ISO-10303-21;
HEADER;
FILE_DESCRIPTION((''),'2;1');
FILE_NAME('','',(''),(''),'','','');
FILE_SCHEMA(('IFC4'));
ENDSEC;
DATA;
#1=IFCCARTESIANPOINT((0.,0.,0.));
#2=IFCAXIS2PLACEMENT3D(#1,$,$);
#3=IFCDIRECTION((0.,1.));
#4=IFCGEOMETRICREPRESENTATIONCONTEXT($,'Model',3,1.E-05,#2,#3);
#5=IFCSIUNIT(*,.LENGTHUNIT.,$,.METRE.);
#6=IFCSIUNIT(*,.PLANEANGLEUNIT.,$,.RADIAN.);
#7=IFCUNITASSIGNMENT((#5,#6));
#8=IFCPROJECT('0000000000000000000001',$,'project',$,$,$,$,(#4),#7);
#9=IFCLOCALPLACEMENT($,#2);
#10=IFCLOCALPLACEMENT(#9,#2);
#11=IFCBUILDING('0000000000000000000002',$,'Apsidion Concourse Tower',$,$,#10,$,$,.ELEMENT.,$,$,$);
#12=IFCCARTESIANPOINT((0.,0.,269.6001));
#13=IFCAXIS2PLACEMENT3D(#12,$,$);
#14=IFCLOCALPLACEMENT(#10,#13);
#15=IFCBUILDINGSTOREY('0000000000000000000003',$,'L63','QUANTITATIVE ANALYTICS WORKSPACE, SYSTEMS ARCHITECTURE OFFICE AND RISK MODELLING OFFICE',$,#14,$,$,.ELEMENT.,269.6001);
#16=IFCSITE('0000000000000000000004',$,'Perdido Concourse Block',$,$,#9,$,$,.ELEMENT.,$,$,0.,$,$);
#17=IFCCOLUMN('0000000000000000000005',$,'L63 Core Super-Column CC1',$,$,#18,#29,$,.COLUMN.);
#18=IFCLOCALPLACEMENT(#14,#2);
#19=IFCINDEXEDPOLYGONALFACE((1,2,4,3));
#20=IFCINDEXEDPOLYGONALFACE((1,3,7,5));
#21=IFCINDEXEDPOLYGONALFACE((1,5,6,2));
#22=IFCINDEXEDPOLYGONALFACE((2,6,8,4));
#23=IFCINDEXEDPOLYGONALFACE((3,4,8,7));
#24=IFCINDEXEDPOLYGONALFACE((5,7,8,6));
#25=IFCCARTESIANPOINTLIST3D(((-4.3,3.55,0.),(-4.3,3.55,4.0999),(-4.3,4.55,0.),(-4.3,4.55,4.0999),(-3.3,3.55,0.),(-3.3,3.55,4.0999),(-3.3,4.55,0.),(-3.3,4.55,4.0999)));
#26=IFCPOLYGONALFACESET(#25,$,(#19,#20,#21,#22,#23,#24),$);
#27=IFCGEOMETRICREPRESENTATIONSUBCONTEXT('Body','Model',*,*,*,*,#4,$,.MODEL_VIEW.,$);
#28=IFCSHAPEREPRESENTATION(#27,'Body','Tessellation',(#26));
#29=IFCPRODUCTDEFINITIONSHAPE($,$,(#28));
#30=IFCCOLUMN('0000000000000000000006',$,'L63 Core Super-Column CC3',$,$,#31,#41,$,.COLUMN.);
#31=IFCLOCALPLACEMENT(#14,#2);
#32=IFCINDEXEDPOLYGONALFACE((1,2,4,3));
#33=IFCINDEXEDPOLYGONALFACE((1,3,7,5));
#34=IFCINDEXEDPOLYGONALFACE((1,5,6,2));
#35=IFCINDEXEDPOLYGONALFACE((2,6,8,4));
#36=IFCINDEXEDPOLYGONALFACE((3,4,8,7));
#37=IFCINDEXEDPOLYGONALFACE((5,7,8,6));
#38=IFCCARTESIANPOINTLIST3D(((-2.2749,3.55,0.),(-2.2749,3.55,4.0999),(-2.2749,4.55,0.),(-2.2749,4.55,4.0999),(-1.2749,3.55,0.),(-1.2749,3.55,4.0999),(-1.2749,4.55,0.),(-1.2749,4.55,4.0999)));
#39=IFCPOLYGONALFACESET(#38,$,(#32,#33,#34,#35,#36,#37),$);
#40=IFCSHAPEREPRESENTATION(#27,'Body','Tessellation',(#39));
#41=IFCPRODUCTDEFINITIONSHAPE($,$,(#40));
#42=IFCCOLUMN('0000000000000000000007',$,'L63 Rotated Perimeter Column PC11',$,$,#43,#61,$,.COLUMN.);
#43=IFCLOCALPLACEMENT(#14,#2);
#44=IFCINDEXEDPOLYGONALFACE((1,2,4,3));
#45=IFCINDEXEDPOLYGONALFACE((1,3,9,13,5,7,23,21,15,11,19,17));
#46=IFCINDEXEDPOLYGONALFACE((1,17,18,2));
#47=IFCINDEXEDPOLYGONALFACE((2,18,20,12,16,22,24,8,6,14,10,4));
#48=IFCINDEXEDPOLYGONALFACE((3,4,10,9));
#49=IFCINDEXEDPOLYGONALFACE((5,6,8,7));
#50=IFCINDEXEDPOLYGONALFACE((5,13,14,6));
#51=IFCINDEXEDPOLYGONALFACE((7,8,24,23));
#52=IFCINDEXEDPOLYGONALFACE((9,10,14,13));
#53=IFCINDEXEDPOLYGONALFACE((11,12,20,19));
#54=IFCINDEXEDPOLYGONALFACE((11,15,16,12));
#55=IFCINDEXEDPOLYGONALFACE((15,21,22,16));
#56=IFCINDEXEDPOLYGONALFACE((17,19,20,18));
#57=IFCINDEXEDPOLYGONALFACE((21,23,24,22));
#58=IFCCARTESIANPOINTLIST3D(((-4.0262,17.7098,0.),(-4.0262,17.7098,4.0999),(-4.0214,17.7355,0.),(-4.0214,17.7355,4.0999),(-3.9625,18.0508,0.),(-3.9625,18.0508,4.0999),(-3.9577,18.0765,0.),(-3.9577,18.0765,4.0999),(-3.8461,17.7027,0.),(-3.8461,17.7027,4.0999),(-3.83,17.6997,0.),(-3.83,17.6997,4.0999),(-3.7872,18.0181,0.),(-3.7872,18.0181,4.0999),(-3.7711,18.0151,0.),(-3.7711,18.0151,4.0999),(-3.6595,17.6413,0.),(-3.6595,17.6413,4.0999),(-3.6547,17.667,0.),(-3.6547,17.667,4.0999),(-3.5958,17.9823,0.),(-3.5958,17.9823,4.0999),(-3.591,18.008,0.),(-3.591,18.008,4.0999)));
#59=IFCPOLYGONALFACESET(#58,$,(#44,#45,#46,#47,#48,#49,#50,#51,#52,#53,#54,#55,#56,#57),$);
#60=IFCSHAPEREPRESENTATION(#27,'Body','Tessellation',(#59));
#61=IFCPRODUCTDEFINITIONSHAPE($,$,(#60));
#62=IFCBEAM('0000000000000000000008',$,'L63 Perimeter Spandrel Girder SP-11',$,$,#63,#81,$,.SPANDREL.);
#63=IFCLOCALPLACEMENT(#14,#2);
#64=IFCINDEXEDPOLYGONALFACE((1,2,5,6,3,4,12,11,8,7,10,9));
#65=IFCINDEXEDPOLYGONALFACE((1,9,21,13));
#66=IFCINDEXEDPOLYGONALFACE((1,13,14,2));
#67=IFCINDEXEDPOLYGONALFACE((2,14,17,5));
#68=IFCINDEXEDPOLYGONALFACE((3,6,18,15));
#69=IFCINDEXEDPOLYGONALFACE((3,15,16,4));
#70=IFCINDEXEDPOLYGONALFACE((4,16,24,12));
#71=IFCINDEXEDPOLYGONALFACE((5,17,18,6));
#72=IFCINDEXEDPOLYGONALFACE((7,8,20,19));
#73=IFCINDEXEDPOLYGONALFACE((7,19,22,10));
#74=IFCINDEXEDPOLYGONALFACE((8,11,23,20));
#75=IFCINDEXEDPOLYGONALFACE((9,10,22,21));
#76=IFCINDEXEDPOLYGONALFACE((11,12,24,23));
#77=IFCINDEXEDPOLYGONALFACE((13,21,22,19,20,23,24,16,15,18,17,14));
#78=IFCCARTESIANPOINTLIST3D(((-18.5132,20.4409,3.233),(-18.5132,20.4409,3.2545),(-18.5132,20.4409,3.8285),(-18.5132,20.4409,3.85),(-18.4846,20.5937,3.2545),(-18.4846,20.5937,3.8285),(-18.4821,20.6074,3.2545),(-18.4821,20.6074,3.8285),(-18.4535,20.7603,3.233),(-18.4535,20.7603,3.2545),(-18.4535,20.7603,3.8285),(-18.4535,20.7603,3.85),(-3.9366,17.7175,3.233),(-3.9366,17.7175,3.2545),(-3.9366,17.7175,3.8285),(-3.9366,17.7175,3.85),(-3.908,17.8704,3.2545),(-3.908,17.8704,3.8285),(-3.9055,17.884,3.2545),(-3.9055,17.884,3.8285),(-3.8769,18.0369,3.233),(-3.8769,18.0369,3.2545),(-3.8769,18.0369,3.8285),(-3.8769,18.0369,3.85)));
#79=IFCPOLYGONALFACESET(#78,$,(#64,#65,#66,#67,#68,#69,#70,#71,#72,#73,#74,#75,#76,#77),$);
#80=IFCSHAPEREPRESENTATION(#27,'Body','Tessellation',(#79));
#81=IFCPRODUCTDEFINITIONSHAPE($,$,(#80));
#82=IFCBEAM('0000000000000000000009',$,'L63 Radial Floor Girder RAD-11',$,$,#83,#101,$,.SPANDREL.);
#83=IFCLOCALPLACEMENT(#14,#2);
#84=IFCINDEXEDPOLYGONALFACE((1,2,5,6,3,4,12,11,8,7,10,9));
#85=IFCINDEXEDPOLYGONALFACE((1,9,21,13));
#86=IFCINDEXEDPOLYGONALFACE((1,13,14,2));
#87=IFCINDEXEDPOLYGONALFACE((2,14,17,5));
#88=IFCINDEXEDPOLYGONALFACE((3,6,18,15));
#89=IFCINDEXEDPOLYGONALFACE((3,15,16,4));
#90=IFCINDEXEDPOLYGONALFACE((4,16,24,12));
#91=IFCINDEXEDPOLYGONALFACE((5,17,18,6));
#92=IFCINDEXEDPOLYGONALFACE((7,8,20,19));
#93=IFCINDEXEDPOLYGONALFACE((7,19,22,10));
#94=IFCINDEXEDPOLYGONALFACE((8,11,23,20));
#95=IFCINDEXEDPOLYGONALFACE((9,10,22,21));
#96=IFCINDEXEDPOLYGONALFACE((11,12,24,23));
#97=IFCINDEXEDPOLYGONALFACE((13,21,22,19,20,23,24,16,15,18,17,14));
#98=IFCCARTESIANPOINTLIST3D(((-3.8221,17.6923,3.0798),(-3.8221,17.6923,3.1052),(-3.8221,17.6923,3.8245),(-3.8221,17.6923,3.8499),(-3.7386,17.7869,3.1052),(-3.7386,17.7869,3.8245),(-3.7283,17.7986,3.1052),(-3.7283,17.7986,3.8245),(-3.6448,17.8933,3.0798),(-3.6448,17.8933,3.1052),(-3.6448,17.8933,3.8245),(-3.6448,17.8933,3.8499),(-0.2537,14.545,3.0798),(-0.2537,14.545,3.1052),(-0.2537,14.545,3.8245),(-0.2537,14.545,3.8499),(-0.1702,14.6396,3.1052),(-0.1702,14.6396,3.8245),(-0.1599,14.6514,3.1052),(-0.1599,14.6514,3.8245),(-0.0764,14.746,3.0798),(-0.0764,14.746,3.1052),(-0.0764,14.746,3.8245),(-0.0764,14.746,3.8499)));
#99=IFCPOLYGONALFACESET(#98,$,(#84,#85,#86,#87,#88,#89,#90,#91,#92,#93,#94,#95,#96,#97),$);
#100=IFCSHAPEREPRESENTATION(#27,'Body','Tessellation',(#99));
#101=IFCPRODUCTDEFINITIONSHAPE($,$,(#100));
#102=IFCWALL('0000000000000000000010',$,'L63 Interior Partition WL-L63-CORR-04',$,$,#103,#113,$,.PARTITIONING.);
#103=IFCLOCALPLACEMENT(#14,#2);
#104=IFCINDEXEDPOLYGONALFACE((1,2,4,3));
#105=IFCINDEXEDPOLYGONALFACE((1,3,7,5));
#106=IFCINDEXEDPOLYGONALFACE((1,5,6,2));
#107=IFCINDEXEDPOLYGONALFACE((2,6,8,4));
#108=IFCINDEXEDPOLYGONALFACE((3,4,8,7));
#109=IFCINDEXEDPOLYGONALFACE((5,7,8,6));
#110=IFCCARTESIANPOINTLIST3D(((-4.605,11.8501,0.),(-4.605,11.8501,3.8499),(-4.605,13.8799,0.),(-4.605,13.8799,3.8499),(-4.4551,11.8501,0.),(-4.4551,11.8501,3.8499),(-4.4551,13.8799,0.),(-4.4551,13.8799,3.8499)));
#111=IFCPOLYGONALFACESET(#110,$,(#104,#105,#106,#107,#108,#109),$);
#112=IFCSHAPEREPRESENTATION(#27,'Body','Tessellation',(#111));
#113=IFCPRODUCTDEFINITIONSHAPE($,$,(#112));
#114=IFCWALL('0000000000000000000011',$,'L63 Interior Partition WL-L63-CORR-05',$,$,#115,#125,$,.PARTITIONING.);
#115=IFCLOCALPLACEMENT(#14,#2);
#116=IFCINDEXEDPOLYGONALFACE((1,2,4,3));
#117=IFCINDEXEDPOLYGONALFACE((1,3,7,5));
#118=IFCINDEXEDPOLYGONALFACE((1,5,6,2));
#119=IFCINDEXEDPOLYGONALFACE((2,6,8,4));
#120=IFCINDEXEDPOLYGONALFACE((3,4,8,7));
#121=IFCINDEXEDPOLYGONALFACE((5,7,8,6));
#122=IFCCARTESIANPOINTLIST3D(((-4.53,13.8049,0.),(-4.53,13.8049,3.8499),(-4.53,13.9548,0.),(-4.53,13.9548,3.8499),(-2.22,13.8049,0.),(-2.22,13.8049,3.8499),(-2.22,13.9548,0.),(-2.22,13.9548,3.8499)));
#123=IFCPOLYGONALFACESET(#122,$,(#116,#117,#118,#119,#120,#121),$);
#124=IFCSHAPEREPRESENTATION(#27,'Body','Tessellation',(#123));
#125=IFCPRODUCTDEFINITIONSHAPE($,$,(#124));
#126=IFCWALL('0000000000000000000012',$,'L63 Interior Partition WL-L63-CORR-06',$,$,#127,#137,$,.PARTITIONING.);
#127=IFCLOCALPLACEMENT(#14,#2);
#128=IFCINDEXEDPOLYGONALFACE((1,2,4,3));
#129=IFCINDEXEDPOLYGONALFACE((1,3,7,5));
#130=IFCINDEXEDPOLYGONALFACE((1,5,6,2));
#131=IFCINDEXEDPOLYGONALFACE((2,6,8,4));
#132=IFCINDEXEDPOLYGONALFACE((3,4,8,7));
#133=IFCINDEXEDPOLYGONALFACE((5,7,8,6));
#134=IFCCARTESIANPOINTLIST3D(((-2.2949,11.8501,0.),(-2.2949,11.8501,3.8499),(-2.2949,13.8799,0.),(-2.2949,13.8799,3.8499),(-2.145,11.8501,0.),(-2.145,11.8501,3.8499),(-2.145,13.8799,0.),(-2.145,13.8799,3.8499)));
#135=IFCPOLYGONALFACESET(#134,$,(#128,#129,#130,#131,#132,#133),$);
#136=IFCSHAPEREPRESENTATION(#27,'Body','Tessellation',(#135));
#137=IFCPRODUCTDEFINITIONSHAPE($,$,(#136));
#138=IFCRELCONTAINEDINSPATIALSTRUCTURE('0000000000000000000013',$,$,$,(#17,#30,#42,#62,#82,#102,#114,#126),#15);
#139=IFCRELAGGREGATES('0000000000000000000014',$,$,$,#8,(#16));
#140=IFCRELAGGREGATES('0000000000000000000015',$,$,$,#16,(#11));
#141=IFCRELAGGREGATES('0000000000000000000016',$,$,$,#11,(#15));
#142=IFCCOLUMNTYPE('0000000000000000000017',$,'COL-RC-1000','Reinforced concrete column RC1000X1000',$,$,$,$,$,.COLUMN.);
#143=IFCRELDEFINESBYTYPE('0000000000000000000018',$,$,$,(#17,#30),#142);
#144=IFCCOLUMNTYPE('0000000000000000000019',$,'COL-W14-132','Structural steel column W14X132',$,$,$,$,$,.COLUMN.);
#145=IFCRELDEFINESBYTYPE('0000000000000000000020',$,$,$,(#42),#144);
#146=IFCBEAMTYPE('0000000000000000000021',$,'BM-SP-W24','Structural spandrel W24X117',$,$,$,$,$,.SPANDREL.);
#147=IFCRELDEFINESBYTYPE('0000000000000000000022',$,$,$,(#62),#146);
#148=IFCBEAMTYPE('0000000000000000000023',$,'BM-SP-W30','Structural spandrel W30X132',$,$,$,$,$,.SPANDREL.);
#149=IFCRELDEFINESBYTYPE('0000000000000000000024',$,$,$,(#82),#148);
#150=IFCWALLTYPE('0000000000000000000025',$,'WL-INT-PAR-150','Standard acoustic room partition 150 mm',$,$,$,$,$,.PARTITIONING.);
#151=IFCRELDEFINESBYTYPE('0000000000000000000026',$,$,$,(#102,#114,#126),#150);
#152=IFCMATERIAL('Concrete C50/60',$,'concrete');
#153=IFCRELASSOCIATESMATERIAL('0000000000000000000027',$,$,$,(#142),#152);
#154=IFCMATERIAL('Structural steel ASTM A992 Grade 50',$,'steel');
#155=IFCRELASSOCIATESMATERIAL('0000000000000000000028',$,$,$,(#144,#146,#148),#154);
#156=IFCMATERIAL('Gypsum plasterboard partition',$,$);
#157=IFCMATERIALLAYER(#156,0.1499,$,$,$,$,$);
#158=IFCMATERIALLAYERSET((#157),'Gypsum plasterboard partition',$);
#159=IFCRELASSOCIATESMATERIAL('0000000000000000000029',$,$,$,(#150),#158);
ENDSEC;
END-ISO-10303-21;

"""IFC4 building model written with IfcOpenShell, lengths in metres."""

from ifc_helpers import new_model, si_unit, direction, frame, frame_2d, origin, origin_2d, place, context, subcontext, project, spatial, rectangle, i_section, extrude, material, layer, layer_set, material_profile, profile_set, type_object, element, save


model = new_model("IFC4")

# Units and contexts
model_context = context("Model", 3, precision=1e-05, world=origin(), true_north=direction((0.0, 1.0)))
body_context = subcontext(model_context, "Body", "Model", "MODEL_VIEW")
ifc_project = project(units=[si_unit("LENGTHUNIT", "METRE"), si_unit("PLANEANGLEUNIT", "RADIAN")], contexts=[model_context])

# Site, building, storey
site_placement = place(None, origin())
site = spatial("IfcSite", under=ifc_project, at=site_placement, Name="Perdido Concourse Block", CompositionType="ELEMENT", RefElevation=0.0)
building_placement = place(site_placement, origin())
building = spatial("IfcBuilding", under=site, at=building_placement, Name="Apsidion Concourse Tower", CompositionType="ELEMENT")
storey_placement = place(building_placement, frame((0.0, 0.0, 269.6001)))
storey = spatial("IfcBuildingStorey", under=building, at=storey_placement, Name="L63", Description="QUANTITATIVE ANALYTICS WORKSPACE, SYSTEMS ARCHITECTURE OFFICE AND RISK MODELLING OFFICE", CompositionType="ELEMENT", Elevation=269.6001)

# Columns
ifc_material_1 = material(Name="Concrete C50/60", Category="concrete")
ifc_material_profile_1 = material_profile(ifc_material_1, rectangle(XDim=1.0, YDim=1.0, at=origin_2d()), Name="RC 1000x1000")
ifc_profile_set_1 = profile_set([ifc_material_profile_1], Name="Concrete C50/60")
column_type_1 = type_object("IfcColumnType", Name="COL-RC-1000", Description="Reinforced concrete column RC1000X1000", PredefinedType="COLUMN", material=ifc_profile_set_1)
for number, where, z_axis, x_axis, name in (
    (1, (-3.8, 4.05, 0.0), (0.0, 0.0, 1.0), (1.0, 0.0, 0.0), "L63 Core Super-Column CC1"),
    (2, (-1.7749, 4.05, 0.0), (0.0, 0.0, 1.0), (1.0, 0.0, 0.0), "L63 Core Super-Column CC3"),
):
    element("IfcColumn", number, at=place(storey_placement, frame(where, z_axis=z_axis, x_axis=x_axis)), inside=storey, type_object=column_type_1, Name=name, PredefinedType="COLUMN", context=body_context, shape_type="SweptSolid", body=[
        extrude(rectangle(XDim=1.0, YDim=1.0, at=origin_2d()), origin(), (0.0, 0.0, 1.0), 4.0999),
    ])
ifc_material_2 = material(Name="Structural steel ASTM A992 Grade 50", Category="steel")
ifc_material_profile_2 = material_profile(ifc_material_2, i_section(OverallWidth=0.373, OverallDepth=0.373, WebThickness=0.0164, FlangeThickness=0.0261, at=origin_2d()), Name="W14X132")
ifc_profile_set_2 = profile_set([ifc_material_profile_2], Name="Structural steel ASTM A992 Grade 50")
column_type_2 = type_object("IfcColumnType", Name="COL-W14-132", Description="Structural steel column W14X132", PredefinedType="COLUMN", material=ifc_profile_set_2)
column_placement = place(storey_placement, frame((-3.8086, 17.8589, 0.0), z_axis=(0.0, 0.0, 1.0), x_axis=(-0.983, 0.183608, 0.0)))
element("IfcColumn", 3, at=column_placement, inside=storey, type_object=column_type_2, Name="L63 Rotated Perimeter Column PC11", PredefinedType="COLUMN", context=body_context, shape_type="SweptSolid", body=[
    extrude(i_section(OverallWidth=0.373, OverallDepth=0.373, WebThickness=0.0164, FlangeThickness=0.0261, at=origin_2d()), origin(), (0.0, 0.0, 1.0), 4.0999),
])

# Beams
ifc_material_profile_3 = material_profile(ifc_material_2, i_section(OverallWidth=0.325, OverallDepth=0.6169, WebThickness=0.0139, FlangeThickness=0.0215, at=origin_2d()), Name="W24X117")
ifc_profile_set_3 = profile_set([ifc_material_profile_3], Name="Structural steel ASTM A992 Grade 50")
beam_type_1 = type_object("IfcBeamType", Name="BM-SP-W24", Description="Structural spandrel W24X117", PredefinedType="SPANDREL", material=ifc_profile_set_3)
beam_1_placement = place(storey_placement, frame((-3.9067, 17.8772, 3.5415), z_axis=(-0.982991, 0.183654, 0.0), x_axis=(-0.183654, -0.982991, 0.0)))
element("IfcBeam", 4, at=beam_1_placement, inside=storey, type_object=beam_type_1, Name="L63 Perimeter Spandrel Girder SP-11", PredefinedType="SPANDREL", context=body_context, shape_type="SweptSolid", body=[
    extrude(i_section(OverallWidth=0.325, OverallDepth=0.6169, WebThickness=0.0139, FlangeThickness=0.0215, at=origin_2d()), origin(), (0.0, 0.0, 1.0), 14.8289),
])
ifc_material_profile_4 = material_profile(ifc_material_2, i_section(OverallWidth=0.2681, OverallDepth=0.77, WebThickness=0.0156, FlangeThickness=0.0254, at=origin_2d()), Name="W30X132")
ifc_profile_set_4 = profile_set([ifc_material_profile_4], Name="Structural steel ASTM A992 Grade 50")
beam_type_2 = type_object("IfcBeamType", Name="BM-SP-W30", Description="Structural spandrel W30X132", PredefinedType="SPANDREL", material=ifc_profile_set_4)
beam_2_placement = place(storey_placement, frame((-0.165, 14.6455, 3.4648), z_axis=(-0.749977, 0.661464, 0.0), x_axis=(-0.661464, -0.749977, 0.0)))
element("IfcBeam", 5, at=beam_2_placement, inside=storey, type_object=beam_type_2, Name="L63 Radial Floor Girder RAD-11", PredefinedType="SPANDREL", context=body_context, shape_type="SweptSolid", body=[
    extrude(i_section(OverallWidth=0.2681, OverallDepth=0.77, WebThickness=0.0156, FlangeThickness=0.0254, at=origin_2d()), origin(), (0.0, 0.0, 1.0), 4.7581),
])

# Walls
ifc_material_3 = material(Name="Gypsum plasterboard partition")
ifc_layer_1 = layer(ifc_material_3, 0.1499)
ifc_layer_set_1 = layer_set([ifc_layer_1], Name="Gypsum plasterboard partition")
wall_type_1 = type_object("IfcWallType", Name="WL-INT-PAR-150", Description="Standard acoustic room partition 150 mm", PredefinedType="PARTITIONING", material=ifc_layer_set_1)
wall_1_placement = place(storey_placement, frame((-4.53, 11.8501, 0.0), z_axis=(0.0, 0.0, 1.0), x_axis=(0.0, 1.0, 0.0)))
element("IfcWall", 6, at=wall_1_placement, inside=storey, type_object=wall_type_1, Name="L63 Interior Partition WL-L63-CORR-04", PredefinedType="PARTITIONING", context=body_context, shape_type="SweptSolid", body=[
    extrude(rectangle(XDim=2.0298, YDim=0.1499, at=frame_2d((1.0149, 0.0))), origin(), (0.0, 0.0, 1.0), 3.8499),
])
wall_2_placement = place(storey_placement, frame((-4.53, 13.8799, 0.0), z_axis=(0.0, 0.0, 1.0), x_axis=(1.0, 0.0, 0.0)))
element("IfcWall", 7, at=wall_2_placement, inside=storey, type_object=wall_type_1, Name="L63 Interior Partition WL-L63-CORR-05", PredefinedType="PARTITIONING", context=body_context, shape_type="SweptSolid", body=[
    extrude(rectangle(XDim=2.3101, YDim=0.1499, at=frame_2d((1.155, 0.0))), origin(), (0.0, 0.0, 1.0), 3.8499),
])
wall_3_placement = place(storey_placement, frame((-2.22, 13.8799, 0.0), z_axis=(0.0, 0.0, 1.0), x_axis=(0.0, -1.0, 0.0)))
element("IfcWall", 8, at=wall_3_placement, inside=storey, type_object=wall_type_1, Name="L63 Interior Partition WL-L63-CORR-06", PredefinedType="PARTITIONING", context=body_context, shape_type="SweptSolid", body=[
    extrude(rectangle(XDim=2.0298, YDim=0.1499, at=frame_2d((1.0149, 0.0))), origin(), (0.0, 0.0, 1.0), 3.8499),
])

save(model, "model.ifc")
